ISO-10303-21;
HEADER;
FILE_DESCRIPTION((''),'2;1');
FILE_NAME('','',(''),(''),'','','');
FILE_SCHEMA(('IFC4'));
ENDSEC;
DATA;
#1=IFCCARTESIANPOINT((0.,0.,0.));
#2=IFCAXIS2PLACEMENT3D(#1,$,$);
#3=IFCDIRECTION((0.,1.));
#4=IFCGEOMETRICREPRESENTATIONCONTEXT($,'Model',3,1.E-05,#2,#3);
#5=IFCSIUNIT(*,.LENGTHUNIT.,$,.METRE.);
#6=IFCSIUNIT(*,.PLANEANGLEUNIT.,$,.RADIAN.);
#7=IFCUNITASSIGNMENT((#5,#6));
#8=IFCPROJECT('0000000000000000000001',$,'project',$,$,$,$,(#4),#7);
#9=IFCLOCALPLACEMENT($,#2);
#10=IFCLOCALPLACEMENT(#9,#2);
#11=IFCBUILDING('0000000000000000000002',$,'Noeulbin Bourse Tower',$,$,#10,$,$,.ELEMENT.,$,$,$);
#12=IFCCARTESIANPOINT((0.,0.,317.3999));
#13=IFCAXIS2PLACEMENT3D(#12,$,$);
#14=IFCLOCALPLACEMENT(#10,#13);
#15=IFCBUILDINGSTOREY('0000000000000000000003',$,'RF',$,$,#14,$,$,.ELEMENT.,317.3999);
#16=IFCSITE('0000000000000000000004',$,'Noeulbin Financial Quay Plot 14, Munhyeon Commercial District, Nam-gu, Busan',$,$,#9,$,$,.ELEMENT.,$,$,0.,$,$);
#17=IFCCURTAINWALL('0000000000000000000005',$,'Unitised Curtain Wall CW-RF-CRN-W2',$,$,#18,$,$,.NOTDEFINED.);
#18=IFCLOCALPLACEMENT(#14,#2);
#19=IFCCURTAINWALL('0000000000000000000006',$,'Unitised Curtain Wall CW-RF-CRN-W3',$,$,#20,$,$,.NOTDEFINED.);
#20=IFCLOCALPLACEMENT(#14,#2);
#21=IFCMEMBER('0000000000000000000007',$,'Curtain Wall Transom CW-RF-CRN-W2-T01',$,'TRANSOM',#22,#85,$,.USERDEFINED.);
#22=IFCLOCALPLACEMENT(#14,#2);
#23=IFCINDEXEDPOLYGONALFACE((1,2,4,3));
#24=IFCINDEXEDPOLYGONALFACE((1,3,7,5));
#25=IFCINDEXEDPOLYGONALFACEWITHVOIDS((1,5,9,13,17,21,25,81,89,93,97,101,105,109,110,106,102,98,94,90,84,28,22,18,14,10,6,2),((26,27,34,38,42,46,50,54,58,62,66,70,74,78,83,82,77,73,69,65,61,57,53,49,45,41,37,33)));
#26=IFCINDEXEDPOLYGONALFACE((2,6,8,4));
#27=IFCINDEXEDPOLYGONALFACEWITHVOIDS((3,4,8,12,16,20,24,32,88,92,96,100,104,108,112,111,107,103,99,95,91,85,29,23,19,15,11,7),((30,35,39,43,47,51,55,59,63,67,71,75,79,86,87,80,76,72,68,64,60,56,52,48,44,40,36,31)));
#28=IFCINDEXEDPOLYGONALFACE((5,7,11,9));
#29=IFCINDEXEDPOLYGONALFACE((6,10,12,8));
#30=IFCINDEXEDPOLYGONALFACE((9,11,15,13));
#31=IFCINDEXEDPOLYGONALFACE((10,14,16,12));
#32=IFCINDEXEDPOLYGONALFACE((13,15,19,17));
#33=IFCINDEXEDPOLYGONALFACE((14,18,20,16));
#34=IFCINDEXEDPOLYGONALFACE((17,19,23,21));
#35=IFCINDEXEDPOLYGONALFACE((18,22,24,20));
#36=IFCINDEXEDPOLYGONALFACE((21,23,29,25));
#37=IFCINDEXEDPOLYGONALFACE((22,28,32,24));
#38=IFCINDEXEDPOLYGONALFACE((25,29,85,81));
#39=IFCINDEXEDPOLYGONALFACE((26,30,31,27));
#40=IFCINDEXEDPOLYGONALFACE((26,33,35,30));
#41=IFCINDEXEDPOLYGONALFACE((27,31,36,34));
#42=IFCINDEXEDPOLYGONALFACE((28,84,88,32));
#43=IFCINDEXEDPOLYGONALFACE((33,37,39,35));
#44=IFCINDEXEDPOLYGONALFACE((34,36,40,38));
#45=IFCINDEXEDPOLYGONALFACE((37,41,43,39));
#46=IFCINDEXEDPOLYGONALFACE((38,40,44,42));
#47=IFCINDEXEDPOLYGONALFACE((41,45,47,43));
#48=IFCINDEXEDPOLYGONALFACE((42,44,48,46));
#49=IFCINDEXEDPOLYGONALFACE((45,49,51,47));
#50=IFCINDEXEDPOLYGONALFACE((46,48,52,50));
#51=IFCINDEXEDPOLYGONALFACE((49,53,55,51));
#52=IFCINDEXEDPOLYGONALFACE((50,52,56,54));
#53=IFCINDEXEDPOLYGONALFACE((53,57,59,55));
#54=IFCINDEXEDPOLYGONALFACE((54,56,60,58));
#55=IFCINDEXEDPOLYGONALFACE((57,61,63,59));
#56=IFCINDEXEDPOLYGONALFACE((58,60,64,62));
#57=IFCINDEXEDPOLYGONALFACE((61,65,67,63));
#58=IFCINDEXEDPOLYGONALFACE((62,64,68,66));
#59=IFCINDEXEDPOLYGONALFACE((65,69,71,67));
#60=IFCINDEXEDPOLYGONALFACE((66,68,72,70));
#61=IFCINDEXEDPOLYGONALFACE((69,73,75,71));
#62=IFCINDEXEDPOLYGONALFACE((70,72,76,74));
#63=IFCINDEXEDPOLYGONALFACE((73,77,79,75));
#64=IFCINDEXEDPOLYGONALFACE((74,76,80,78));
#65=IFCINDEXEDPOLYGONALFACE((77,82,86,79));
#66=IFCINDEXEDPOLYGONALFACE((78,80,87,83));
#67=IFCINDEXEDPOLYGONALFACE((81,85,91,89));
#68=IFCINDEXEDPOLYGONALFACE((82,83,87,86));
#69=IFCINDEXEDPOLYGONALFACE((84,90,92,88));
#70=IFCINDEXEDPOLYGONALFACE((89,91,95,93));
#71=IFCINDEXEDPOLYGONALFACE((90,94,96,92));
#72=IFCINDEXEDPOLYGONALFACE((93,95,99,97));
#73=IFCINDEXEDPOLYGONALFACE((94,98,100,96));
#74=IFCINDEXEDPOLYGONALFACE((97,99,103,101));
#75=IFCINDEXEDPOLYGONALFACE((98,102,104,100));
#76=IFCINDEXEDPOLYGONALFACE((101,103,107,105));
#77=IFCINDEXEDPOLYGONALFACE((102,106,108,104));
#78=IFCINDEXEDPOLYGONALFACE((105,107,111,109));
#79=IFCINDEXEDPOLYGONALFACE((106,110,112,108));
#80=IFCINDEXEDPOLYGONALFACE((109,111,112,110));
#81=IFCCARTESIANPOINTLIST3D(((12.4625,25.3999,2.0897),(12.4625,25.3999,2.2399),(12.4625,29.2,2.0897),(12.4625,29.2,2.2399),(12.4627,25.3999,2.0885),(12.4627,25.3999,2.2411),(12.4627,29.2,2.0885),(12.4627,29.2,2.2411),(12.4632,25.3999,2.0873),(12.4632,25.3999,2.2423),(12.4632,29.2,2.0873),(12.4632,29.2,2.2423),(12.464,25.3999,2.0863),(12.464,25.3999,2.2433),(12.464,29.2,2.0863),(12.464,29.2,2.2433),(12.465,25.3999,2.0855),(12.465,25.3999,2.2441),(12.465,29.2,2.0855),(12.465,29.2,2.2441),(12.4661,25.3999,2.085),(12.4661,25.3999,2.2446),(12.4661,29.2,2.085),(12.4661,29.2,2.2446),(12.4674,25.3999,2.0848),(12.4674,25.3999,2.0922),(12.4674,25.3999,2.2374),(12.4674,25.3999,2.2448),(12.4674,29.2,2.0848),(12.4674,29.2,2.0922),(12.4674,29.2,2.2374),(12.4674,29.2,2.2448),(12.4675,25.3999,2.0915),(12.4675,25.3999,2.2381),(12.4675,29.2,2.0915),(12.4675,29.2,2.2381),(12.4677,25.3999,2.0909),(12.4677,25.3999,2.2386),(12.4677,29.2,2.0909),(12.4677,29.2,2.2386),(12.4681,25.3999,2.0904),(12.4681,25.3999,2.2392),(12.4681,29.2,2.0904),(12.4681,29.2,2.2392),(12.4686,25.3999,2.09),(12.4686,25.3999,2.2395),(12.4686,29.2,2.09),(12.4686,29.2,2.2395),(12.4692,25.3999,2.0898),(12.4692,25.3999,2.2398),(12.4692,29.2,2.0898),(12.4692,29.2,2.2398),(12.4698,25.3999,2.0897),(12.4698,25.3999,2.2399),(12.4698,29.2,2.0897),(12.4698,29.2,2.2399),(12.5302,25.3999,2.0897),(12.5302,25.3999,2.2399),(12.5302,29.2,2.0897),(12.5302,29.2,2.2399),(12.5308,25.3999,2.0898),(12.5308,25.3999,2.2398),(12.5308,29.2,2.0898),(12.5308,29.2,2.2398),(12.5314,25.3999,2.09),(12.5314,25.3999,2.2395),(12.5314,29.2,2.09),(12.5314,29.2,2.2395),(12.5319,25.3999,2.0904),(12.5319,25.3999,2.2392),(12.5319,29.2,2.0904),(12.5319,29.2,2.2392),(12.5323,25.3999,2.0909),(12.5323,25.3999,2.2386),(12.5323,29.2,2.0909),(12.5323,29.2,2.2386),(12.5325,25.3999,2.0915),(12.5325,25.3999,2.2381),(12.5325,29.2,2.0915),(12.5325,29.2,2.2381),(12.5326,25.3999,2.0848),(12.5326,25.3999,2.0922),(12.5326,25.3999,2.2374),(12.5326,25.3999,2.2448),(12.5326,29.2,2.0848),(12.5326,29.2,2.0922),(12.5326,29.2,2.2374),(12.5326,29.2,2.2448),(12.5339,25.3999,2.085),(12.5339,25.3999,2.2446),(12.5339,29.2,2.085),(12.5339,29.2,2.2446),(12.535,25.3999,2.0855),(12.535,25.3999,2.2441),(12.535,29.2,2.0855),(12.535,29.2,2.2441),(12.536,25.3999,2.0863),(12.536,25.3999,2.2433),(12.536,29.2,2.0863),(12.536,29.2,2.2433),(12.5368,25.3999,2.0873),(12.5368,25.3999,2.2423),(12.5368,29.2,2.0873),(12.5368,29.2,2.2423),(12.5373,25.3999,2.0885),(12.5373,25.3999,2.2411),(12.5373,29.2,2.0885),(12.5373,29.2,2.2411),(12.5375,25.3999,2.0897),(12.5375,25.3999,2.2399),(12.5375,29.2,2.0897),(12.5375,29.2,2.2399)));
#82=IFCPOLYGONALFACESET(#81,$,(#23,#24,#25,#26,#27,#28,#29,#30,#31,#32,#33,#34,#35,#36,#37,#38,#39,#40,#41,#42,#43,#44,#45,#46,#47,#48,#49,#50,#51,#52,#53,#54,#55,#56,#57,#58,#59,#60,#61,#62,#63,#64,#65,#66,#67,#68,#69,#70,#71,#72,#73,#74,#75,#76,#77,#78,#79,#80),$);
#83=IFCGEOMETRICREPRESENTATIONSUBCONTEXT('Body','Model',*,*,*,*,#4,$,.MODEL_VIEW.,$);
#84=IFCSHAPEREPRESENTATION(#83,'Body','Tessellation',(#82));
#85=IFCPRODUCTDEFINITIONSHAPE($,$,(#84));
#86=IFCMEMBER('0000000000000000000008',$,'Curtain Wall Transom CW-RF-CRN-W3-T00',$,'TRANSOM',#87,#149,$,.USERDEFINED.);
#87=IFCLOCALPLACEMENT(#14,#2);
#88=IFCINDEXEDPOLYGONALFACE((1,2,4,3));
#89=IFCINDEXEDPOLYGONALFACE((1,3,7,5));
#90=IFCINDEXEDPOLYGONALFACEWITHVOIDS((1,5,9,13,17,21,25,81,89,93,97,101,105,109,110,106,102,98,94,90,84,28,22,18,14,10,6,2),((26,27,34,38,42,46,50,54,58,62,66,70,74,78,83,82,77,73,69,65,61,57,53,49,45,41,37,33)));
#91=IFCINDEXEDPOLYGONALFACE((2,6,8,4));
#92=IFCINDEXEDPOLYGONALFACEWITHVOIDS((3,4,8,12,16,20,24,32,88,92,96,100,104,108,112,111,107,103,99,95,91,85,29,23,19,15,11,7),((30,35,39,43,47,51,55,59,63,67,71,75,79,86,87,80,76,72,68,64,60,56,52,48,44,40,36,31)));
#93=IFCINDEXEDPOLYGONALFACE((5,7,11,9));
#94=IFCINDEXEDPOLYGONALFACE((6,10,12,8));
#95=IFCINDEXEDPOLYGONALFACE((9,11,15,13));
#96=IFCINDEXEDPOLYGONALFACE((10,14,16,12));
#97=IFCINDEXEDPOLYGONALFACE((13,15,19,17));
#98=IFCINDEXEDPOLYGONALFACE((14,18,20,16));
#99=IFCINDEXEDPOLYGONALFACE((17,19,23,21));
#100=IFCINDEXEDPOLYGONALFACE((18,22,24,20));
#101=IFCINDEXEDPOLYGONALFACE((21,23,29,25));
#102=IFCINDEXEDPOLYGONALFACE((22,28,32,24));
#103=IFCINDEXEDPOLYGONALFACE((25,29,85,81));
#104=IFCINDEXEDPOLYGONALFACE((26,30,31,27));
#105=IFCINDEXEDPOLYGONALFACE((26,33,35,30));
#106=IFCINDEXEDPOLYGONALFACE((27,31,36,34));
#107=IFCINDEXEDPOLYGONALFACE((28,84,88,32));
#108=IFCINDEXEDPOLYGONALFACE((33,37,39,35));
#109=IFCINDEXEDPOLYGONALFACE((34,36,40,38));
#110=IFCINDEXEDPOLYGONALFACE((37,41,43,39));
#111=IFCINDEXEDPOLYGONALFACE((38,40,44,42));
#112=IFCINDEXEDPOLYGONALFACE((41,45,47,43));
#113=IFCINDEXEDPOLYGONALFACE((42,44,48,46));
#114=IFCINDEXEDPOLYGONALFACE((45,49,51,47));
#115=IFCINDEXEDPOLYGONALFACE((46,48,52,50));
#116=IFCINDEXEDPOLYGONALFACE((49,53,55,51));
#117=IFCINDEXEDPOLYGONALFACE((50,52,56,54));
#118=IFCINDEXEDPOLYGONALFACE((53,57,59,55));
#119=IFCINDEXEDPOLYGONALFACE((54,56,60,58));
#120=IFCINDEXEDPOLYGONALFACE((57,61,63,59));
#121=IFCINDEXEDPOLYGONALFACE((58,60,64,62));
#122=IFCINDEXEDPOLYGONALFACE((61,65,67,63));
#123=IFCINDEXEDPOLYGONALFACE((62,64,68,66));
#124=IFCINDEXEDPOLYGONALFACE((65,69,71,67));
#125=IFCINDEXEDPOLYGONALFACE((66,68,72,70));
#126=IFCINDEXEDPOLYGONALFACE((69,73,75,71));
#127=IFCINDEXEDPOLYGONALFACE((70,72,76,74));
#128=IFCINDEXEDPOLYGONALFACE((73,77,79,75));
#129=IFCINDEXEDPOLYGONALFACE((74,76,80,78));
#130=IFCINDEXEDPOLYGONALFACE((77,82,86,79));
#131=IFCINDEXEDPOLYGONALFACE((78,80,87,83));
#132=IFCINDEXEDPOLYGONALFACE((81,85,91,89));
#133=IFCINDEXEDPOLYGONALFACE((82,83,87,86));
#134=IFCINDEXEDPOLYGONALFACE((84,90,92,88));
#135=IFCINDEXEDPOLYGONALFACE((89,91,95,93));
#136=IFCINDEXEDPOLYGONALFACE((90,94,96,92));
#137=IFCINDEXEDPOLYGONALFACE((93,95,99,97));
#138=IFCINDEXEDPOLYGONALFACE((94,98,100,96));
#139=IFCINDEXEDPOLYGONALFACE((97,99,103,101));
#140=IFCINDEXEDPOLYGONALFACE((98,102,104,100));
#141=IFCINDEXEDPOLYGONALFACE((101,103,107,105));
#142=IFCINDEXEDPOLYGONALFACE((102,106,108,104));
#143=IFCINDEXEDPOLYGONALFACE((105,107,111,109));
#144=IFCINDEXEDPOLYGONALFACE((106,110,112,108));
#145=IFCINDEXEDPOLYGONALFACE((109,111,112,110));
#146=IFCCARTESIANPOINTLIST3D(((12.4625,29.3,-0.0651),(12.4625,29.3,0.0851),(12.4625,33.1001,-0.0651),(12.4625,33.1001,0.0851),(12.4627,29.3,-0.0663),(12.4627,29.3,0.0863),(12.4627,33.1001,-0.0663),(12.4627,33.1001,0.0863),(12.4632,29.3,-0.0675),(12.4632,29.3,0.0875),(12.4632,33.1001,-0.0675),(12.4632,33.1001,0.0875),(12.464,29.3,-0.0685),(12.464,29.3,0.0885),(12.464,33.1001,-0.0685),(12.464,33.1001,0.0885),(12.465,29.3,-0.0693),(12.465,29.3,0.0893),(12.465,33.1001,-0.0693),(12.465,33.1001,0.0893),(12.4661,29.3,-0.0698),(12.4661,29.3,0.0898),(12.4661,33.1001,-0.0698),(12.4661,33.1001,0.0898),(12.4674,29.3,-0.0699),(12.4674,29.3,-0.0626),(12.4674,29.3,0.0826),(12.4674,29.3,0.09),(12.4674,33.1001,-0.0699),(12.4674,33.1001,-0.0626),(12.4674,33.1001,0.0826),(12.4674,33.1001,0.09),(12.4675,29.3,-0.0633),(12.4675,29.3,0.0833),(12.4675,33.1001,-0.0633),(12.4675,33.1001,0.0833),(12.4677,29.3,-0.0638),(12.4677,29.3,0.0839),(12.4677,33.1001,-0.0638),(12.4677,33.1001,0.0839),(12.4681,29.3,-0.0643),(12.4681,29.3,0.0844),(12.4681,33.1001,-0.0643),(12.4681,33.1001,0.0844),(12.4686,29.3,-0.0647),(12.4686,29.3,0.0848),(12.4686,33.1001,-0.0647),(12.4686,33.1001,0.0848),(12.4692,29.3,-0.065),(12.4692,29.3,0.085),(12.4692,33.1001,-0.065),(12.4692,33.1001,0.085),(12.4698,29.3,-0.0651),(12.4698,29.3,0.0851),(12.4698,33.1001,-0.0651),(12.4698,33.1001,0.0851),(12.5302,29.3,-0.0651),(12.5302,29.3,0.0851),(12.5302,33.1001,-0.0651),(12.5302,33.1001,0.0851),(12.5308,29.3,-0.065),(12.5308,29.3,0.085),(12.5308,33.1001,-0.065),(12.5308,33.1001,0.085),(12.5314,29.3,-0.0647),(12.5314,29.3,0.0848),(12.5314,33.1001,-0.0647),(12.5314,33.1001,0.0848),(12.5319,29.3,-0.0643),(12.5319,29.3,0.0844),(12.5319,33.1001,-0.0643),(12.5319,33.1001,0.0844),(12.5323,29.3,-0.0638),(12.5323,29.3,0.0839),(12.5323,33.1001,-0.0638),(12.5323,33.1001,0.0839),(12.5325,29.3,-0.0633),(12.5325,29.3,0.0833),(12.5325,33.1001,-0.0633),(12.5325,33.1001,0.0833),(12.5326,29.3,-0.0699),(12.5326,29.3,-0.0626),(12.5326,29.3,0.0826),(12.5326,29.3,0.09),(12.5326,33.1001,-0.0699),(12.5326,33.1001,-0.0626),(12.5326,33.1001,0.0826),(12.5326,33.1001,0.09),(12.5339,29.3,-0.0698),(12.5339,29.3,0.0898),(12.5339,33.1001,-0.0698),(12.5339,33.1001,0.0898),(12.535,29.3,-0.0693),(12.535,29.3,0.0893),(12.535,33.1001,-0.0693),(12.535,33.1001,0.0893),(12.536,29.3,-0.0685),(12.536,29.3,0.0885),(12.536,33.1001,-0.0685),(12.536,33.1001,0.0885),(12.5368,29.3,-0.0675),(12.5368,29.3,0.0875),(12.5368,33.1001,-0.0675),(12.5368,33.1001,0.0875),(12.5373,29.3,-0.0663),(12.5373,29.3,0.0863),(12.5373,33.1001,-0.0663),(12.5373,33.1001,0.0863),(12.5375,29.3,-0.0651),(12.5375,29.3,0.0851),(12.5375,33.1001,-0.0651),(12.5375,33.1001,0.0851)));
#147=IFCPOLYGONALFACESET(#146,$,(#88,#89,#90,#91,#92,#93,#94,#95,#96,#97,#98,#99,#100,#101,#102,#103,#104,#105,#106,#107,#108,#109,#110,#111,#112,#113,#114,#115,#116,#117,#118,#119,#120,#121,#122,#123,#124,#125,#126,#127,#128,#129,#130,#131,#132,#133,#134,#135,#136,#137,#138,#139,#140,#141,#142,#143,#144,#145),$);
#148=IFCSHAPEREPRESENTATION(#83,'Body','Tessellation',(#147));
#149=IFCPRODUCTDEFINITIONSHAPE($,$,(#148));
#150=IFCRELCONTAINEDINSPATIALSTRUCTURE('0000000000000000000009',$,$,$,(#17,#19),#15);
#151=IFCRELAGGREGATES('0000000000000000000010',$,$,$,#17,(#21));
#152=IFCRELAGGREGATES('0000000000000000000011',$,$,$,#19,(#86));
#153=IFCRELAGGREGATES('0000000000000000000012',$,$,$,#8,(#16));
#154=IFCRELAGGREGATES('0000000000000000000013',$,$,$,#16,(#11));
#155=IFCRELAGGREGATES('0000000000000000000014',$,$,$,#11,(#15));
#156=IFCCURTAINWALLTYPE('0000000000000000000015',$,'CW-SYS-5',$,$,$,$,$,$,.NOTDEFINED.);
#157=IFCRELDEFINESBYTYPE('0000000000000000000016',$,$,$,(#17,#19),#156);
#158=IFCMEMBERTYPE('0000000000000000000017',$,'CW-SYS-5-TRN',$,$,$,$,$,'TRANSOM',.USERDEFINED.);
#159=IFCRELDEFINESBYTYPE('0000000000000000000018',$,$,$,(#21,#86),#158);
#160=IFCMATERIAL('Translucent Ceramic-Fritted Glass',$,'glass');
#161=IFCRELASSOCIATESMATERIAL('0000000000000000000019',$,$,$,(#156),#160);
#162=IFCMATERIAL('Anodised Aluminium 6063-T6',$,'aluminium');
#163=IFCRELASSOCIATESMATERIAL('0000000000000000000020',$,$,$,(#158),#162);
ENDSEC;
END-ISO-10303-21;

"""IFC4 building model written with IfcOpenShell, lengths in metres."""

from ifc_helpers import new_model, si_unit, direction, frame, origin, origin_2d, place, context, subcontext, project, spatial, hollow_rectangle, extrude, material, material_profile, profile_set, type_object, element, aggregate, save


model = new_model("IFC4")

# Units and contexts
model_context = context("Model", 3, precision=1e-05, world=origin(), true_north=direction((0.0, 1.0)))
body_context = subcontext(model_context, "Body", "Model", "MODEL_VIEW")
ifc_project = project(units=[si_unit("LENGTHUNIT", "METRE"), si_unit("PLANEANGLEUNIT", "RADIAN")], contexts=[model_context])

# Site, building, storey
site_placement = place(None, origin())
site = spatial("IfcSite", under=ifc_project, at=site_placement, Name="Noeulbin Financial Quay Plot 14, Munhyeon Commercial District, Nam-gu, Busan", CompositionType="ELEMENT", RefElevation=0.0)
building_placement = place(site_placement, origin())
building = spatial("IfcBuilding", under=site, at=building_placement, Name="Noeulbin Bourse Tower", CompositionType="ELEMENT")
storey_placement = place(building_placement, frame((0.0, 0.0, 317.3999)))
storey = spatial("IfcBuildingStorey", under=building, at=storey_placement, Name="RF", CompositionType="ELEMENT", Elevation=317.3999)

# Curtain walls
ifc_material_1 = material(Name="Translucent Ceramic-Fritted Glass", Category="glass")
curtain_wall_type = type_object("IfcCurtainWallType", Name="CW-SYS-5", PredefinedType="NOTDEFINED", material=ifc_material_1)
curtain_wall_1_placement = place(storey_placement, origin())
curtain_wall_1 = element("IfcCurtainWall", 1, at=curtain_wall_1_placement, inside=storey, type_object=curtain_wall_type, Name="Unitised Curtain Wall CW-RF-CRN-W2", PredefinedType="NOTDEFINED")
ifc_material_2 = material(Name="Anodised Aluminium 6063-T6", Category="aluminium")
curtain_wall_2_placement = place(storey_placement, origin())
curtain_wall_2 = element("IfcCurtainWall", 2, at=curtain_wall_2_placement, inside=storey, type_object=curtain_wall_type, Name="Unitised Curtain Wall CW-RF-CRN-W3", PredefinedType="NOTDEFINED")

# Members
ifc_material_profile_1 = material_profile(ifc_material_2, hollow_rectangle(XDim=0.075, YDim=0.1599, WallThickness=0.0049, InnerFilletRadius=0.0024, OuterFilletRadius=0.0049, at=origin_2d()), Name="ALU-TRAN-75x160x5", Category="LoadBearing")
ifc_profile_set_1 = profile_set([ifc_material_profile_1], Name="Anodised Aluminium 6063-T6")
member_type_1 = type_object("IfcMemberType", Name="CW-SYS-5-TRN", ElementType="TRANSOM", PredefinedType="USERDEFINED", material=ifc_profile_set_1)
member_1_placement = place(storey_placement, frame((12.5, 25.3999, 2.1648), z_axis=(0.0, 1.0, 0.0), x_axis=(-1.0, 0.0, 0.0)))
member_1 = element("IfcMember", 3, at=member_1_placement, type_object=member_type_1, Name="Curtain Wall Transom CW-RF-CRN-W2-T01", ObjectType="TRANSOM", PredefinedType="USERDEFINED", context=body_context, shape_type="SweptSolid", body=[
    extrude(hollow_rectangle(XDim=0.075, YDim=0.1599, WallThickness=0.0049, InnerFilletRadius=0.0024, OuterFilletRadius=0.0049, at=origin_2d()), origin(), (0.0, 0.0, 1.0), 3.8),
])
member_2_placement = place(storey_placement, frame((12.5, 29.3, 0.01), z_axis=(0.0, 1.0, 0.0), x_axis=(-1.0, 0.0, 0.0)))
member_2 = element("IfcMember", 4, at=member_2_placement, type_object=member_type_1, Name="Curtain Wall Transom CW-RF-CRN-W3-T00", ObjectType="TRANSOM", PredefinedType="USERDEFINED", context=body_context, shape_type="SweptSolid", body=[
    extrude(hollow_rectangle(XDim=0.075, YDim=0.1599, WallThickness=0.0049, InnerFilletRadius=0.0024, OuterFilletRadius=0.0049, at=origin_2d()), origin(), (0.0, 0.0, 1.0), 3.8),
])

aggregate(curtain_wall_1, [member_1])
aggregate(curtain_wall_2, [member_2])

save(model, "model.ifc")
